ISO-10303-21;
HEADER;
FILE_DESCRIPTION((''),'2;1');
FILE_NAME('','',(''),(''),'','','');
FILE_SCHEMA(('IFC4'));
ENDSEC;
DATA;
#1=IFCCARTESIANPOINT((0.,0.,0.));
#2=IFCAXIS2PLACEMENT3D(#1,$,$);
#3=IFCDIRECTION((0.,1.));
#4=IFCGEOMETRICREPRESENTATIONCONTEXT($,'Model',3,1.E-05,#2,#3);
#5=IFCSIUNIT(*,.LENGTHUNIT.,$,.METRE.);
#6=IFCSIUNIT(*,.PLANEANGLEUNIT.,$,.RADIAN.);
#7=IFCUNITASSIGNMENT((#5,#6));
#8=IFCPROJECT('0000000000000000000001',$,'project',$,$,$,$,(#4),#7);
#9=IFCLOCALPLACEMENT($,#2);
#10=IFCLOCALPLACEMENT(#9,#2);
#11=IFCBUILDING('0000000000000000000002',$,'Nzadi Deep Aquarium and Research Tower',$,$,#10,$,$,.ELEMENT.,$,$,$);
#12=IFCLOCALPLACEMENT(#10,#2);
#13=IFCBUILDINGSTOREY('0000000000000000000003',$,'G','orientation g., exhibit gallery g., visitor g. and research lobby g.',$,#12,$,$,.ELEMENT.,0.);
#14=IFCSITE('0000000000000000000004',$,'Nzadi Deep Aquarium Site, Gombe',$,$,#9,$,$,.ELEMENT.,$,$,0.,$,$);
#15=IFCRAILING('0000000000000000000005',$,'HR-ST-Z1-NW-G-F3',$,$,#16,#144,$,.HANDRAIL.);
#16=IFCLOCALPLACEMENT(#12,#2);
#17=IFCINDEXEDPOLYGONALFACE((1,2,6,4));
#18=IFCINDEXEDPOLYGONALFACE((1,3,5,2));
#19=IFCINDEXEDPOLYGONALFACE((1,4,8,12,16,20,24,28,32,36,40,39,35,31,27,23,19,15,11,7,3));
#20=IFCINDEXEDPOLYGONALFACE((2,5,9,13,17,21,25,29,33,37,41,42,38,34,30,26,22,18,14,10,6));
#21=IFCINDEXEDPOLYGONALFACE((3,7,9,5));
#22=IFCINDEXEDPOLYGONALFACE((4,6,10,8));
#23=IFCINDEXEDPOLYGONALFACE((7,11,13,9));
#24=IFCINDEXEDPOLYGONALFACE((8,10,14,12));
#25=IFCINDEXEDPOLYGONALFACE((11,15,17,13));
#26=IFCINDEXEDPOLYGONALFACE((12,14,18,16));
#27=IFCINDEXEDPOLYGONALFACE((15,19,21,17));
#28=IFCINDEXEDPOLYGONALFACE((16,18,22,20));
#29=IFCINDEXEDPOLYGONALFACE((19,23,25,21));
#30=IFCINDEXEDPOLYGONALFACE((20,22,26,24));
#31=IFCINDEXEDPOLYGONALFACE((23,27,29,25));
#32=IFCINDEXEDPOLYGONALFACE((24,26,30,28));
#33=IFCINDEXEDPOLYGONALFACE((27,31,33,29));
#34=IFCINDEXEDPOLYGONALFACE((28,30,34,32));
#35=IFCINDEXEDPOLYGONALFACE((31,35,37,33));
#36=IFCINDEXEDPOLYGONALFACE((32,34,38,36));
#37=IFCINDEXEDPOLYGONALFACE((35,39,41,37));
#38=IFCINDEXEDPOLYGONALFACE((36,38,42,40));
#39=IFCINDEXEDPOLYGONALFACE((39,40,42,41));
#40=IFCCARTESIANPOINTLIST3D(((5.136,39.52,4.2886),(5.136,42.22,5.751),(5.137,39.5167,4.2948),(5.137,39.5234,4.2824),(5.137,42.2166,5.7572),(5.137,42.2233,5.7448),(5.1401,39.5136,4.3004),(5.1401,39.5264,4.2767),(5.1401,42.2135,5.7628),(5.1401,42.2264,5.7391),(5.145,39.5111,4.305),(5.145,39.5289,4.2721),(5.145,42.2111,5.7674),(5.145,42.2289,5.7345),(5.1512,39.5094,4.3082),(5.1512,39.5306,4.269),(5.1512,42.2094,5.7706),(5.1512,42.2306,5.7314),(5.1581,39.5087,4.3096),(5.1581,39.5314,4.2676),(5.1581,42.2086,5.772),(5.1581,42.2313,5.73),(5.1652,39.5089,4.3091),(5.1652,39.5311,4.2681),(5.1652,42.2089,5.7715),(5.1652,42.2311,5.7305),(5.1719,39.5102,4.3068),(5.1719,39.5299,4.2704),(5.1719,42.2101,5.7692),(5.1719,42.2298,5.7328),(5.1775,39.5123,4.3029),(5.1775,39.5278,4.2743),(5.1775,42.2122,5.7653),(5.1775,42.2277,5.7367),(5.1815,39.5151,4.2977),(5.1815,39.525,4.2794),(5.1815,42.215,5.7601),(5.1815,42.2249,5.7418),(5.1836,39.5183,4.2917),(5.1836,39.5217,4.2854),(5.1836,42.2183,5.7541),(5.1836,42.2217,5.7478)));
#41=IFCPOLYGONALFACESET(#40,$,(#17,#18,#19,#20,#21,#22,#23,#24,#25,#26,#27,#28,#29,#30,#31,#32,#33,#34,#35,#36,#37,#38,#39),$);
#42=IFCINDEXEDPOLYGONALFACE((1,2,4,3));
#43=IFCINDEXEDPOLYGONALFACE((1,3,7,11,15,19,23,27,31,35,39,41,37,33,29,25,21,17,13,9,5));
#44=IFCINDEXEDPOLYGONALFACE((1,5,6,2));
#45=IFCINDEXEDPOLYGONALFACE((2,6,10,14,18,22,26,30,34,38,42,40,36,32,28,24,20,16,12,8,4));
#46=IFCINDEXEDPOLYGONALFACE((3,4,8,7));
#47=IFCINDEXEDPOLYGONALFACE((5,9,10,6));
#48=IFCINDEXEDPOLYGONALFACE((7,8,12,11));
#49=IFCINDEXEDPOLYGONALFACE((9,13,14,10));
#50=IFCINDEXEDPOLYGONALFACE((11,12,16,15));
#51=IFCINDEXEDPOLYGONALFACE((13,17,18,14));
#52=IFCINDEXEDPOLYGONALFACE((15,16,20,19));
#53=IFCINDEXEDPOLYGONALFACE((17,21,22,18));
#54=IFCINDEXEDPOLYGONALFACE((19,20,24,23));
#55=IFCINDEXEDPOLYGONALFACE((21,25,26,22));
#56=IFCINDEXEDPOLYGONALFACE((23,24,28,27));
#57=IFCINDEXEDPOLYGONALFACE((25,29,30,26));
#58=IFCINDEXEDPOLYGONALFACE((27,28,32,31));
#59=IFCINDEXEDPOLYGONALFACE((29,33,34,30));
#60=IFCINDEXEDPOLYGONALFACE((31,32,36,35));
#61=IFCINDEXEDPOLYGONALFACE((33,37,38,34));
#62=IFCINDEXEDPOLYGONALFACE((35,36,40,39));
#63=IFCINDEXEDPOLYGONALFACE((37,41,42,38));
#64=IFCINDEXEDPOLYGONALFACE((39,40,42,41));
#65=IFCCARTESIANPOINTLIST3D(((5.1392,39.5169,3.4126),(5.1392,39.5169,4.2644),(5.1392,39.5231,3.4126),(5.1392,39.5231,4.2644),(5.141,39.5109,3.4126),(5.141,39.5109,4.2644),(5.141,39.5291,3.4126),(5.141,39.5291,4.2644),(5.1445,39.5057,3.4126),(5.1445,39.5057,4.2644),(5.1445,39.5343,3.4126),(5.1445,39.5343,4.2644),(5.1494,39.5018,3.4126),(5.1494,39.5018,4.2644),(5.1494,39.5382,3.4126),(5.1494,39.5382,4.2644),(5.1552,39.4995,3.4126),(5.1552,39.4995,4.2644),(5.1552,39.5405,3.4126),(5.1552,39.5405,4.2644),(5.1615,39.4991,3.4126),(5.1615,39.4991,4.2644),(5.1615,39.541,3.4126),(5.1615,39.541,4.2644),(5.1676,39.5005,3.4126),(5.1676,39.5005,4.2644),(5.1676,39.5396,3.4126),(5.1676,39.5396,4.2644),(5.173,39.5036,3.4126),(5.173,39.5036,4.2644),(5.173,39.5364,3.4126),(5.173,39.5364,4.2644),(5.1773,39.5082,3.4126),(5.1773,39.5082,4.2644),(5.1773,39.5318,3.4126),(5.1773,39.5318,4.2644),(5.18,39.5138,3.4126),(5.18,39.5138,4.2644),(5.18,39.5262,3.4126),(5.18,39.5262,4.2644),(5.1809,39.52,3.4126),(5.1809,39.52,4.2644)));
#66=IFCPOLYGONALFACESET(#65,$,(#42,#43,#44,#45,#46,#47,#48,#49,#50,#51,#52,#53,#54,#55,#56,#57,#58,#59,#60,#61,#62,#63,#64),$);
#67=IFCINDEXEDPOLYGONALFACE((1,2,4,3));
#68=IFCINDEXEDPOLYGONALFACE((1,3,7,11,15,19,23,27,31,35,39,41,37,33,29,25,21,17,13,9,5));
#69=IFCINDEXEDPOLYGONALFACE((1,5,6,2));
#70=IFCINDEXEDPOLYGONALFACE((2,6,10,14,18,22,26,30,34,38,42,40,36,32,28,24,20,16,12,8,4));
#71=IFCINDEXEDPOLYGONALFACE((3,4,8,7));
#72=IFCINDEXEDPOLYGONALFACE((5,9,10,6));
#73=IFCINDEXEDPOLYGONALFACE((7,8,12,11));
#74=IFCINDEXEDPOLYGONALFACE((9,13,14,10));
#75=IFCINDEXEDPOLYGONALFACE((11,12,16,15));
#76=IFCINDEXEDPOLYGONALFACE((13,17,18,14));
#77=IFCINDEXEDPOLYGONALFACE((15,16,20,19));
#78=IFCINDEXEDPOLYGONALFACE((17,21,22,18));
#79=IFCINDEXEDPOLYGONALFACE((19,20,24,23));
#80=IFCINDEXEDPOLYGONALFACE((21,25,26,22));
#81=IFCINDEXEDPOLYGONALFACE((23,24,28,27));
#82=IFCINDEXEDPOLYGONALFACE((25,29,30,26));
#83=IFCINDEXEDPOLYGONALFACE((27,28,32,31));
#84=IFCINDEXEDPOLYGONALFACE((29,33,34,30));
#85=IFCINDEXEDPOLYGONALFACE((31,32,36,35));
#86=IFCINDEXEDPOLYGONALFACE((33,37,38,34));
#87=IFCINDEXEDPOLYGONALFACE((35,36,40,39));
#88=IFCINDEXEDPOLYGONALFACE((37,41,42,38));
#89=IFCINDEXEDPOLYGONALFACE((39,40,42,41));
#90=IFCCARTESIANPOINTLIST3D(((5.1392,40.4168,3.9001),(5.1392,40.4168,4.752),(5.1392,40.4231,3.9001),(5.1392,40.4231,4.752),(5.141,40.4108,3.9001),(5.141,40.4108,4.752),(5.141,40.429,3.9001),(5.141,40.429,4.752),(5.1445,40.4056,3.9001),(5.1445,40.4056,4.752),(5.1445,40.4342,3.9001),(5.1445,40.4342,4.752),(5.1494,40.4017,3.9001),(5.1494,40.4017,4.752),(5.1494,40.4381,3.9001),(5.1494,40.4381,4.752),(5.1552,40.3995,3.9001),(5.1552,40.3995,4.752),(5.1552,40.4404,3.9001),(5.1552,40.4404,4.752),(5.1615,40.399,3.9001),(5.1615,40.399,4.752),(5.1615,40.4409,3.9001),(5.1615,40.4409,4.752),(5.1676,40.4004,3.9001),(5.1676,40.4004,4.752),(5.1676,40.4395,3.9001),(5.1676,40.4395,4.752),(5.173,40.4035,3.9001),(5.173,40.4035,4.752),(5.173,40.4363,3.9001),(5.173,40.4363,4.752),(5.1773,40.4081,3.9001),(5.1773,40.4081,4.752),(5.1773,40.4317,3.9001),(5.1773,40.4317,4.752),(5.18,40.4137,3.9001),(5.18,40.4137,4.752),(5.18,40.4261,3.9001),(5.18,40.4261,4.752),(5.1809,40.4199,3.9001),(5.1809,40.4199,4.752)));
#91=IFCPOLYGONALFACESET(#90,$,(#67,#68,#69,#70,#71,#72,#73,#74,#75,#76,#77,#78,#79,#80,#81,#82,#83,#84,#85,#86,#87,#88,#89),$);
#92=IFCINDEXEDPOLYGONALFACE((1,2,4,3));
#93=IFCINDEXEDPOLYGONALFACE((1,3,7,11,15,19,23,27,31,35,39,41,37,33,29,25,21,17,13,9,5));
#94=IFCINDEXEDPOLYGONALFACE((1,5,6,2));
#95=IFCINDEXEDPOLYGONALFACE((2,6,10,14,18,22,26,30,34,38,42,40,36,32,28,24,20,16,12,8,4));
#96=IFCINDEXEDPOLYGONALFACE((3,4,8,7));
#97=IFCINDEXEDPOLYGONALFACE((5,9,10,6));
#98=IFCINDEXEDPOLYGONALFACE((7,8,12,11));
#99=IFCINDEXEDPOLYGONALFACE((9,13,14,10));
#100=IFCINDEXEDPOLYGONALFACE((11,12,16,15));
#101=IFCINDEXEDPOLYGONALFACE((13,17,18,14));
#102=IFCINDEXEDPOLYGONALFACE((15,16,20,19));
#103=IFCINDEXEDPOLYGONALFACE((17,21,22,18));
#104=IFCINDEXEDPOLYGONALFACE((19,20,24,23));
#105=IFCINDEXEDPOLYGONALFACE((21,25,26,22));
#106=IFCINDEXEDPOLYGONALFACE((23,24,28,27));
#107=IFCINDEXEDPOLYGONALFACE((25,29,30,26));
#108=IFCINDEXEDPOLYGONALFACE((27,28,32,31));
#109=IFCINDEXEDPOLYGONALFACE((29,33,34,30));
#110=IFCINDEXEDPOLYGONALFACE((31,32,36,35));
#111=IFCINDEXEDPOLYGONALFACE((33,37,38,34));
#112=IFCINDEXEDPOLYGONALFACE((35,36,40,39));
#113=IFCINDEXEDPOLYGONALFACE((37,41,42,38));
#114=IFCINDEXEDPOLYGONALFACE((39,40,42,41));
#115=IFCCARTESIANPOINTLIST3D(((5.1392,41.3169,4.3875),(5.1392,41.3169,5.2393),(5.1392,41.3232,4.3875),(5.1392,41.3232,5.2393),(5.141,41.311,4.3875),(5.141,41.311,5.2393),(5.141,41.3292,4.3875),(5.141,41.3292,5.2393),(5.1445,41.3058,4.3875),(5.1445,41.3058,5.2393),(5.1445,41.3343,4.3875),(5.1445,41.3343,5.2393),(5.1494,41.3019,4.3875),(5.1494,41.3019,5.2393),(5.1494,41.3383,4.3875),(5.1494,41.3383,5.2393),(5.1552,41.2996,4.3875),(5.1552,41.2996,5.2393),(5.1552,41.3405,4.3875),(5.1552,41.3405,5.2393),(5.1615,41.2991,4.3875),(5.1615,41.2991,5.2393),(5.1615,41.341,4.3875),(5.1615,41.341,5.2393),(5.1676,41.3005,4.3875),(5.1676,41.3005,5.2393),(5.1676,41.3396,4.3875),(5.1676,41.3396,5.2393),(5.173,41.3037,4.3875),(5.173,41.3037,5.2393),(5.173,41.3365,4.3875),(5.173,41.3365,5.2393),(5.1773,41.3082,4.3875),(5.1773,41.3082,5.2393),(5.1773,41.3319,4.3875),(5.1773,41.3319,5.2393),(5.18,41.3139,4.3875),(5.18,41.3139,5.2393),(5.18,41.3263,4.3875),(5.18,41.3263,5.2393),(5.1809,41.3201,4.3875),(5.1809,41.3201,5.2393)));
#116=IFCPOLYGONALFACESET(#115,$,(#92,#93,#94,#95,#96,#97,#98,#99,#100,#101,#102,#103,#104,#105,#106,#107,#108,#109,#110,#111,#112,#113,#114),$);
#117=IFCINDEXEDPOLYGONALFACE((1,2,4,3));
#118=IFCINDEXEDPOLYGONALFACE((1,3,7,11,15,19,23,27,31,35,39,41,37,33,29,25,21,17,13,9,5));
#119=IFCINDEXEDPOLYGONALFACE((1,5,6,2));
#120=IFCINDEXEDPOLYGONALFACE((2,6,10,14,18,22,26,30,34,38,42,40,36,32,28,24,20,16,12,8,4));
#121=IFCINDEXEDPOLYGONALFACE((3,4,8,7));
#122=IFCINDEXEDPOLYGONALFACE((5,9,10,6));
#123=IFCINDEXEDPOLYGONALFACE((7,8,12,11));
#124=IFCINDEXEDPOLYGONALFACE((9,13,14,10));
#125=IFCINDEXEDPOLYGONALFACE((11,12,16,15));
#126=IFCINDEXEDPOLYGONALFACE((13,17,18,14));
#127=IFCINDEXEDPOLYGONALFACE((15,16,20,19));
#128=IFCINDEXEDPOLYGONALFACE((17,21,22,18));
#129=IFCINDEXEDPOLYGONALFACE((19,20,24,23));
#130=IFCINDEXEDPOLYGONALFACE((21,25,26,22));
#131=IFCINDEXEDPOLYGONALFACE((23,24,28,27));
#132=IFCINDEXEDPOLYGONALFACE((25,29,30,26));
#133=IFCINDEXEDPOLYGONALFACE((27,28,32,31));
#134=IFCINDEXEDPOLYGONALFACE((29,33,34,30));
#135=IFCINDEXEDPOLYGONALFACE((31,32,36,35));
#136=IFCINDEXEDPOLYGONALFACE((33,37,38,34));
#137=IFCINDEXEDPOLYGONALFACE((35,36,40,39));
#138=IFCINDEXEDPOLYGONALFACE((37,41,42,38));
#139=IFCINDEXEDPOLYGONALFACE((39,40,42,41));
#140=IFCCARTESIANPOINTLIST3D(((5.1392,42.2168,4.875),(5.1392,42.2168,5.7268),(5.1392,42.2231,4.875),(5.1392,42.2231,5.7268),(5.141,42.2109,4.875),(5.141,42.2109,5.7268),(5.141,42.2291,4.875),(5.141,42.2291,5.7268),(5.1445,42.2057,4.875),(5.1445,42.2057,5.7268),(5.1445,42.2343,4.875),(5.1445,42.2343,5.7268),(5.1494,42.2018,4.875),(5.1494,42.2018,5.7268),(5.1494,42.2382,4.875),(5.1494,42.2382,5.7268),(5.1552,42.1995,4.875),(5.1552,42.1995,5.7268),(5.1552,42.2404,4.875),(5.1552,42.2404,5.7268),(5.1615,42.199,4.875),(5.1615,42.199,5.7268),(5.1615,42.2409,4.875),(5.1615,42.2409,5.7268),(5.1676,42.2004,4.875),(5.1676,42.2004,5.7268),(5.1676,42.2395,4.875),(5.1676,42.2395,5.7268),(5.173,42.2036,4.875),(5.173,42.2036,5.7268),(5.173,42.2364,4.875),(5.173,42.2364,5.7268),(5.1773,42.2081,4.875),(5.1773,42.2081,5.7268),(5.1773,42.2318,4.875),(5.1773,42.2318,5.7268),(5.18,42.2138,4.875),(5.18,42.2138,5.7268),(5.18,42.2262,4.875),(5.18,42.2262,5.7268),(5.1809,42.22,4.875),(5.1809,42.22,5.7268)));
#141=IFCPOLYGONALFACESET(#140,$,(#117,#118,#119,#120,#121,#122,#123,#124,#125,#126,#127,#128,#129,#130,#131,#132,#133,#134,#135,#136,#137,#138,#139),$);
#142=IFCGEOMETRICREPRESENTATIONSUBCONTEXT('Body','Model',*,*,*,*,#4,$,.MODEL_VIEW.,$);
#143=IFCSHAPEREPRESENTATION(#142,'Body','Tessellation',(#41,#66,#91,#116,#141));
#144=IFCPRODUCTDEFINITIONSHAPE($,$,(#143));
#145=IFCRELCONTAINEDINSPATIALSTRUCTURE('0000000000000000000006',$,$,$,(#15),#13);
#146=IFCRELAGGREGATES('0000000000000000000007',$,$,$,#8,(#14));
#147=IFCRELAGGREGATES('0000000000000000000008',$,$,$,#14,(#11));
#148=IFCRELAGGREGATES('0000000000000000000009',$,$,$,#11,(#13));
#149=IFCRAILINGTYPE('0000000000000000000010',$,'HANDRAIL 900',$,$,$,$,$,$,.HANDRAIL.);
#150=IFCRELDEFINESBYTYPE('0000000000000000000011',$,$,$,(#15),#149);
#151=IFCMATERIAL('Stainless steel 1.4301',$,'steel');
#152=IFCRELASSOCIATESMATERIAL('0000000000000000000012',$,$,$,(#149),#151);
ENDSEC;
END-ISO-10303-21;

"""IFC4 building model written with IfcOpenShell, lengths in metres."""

from ifc_helpers import new_model, si_unit, direction, frame, origin, origin_2d, place, context, subcontext, project, spatial, circle, extrude, material, type_object, element, save


model = new_model("IFC4")

# Units and contexts
model_context = context("Model", 3, precision=1e-05, world=origin(), true_north=direction((0.0, 1.0)))
body_context = subcontext(model_context, "Body", "Model", "MODEL_VIEW")
ifc_project = project(units=[si_unit("LENGTHUNIT", "METRE"), si_unit("PLANEANGLEUNIT", "RADIAN")], contexts=[model_context])

# Site, building, storey
site_placement = place(None, origin())
site = spatial("IfcSite", under=ifc_project, at=site_placement, Name="Nzadi Deep Aquarium Site, Gombe", CompositionType="ELEMENT", RefElevation=0.0)
building_placement = place(site_placement, origin())
building = spatial("IfcBuilding", under=site, at=building_placement, Name="Nzadi Deep Aquarium and Research Tower", CompositionType="ELEMENT")
storey_placement = place(building_placement, origin())
storey = spatial("IfcBuildingStorey", under=building, at=storey_placement, Name="G", Description="orientation g., exhibit gallery g., visitor g. and research lobby g.", CompositionType="ELEMENT", Elevation=0.0)

# Railing
ifc_material_1 = material(Name="Stainless steel 1.4301", Category="steel")
railing_type = type_object("IfcRailingType", Name="HANDRAIL 900", PredefinedType="HANDRAIL", material=ifc_material_1)
for number, where, name in (
    (1, (5.1599, 39.52, 3.4126), "HR-ST-Z1-NW-G-F3"),
):
    element("IfcRailing", number, at=place(storey_placement, frame(where)), inside=storey, type_object=railing_type, Name=name, PredefinedType="HANDRAIL", context=body_context, shape_type="SweptSolid", body=[
        extrude(circle(Radius=0.0239, at=origin_2d()), frame((0.0, 0.0, 0.876), z_axis=(0.0, 0.879302, 0.476265), x_axis=(-1.0, 0.0, 0.0)), (0.0, 0.0, 1.0), 3.0706),
        extrude(circle(Radius=0.021, at=origin_2d()), origin(), (0.0, 0.0, 1.0), 0.8518),
        extrude(circle(Radius=0.021, at=origin_2d()), frame((0.0, 0.8999, 0.4875)), (0.0, 0.0, 1.0), 0.8518),
        extrude(circle(Radius=0.021, at=origin_2d()), frame((0.0, 1.8, 0.9749)), (0.0, 0.0, 1.0), 0.8518),
        extrude(circle(Radius=0.021, at=origin_2d()), frame((0.0, 2.7, 1.4624)), (0.0, 0.0, 1.0), 0.8518),
    ])

save(model, "model.ifc")
